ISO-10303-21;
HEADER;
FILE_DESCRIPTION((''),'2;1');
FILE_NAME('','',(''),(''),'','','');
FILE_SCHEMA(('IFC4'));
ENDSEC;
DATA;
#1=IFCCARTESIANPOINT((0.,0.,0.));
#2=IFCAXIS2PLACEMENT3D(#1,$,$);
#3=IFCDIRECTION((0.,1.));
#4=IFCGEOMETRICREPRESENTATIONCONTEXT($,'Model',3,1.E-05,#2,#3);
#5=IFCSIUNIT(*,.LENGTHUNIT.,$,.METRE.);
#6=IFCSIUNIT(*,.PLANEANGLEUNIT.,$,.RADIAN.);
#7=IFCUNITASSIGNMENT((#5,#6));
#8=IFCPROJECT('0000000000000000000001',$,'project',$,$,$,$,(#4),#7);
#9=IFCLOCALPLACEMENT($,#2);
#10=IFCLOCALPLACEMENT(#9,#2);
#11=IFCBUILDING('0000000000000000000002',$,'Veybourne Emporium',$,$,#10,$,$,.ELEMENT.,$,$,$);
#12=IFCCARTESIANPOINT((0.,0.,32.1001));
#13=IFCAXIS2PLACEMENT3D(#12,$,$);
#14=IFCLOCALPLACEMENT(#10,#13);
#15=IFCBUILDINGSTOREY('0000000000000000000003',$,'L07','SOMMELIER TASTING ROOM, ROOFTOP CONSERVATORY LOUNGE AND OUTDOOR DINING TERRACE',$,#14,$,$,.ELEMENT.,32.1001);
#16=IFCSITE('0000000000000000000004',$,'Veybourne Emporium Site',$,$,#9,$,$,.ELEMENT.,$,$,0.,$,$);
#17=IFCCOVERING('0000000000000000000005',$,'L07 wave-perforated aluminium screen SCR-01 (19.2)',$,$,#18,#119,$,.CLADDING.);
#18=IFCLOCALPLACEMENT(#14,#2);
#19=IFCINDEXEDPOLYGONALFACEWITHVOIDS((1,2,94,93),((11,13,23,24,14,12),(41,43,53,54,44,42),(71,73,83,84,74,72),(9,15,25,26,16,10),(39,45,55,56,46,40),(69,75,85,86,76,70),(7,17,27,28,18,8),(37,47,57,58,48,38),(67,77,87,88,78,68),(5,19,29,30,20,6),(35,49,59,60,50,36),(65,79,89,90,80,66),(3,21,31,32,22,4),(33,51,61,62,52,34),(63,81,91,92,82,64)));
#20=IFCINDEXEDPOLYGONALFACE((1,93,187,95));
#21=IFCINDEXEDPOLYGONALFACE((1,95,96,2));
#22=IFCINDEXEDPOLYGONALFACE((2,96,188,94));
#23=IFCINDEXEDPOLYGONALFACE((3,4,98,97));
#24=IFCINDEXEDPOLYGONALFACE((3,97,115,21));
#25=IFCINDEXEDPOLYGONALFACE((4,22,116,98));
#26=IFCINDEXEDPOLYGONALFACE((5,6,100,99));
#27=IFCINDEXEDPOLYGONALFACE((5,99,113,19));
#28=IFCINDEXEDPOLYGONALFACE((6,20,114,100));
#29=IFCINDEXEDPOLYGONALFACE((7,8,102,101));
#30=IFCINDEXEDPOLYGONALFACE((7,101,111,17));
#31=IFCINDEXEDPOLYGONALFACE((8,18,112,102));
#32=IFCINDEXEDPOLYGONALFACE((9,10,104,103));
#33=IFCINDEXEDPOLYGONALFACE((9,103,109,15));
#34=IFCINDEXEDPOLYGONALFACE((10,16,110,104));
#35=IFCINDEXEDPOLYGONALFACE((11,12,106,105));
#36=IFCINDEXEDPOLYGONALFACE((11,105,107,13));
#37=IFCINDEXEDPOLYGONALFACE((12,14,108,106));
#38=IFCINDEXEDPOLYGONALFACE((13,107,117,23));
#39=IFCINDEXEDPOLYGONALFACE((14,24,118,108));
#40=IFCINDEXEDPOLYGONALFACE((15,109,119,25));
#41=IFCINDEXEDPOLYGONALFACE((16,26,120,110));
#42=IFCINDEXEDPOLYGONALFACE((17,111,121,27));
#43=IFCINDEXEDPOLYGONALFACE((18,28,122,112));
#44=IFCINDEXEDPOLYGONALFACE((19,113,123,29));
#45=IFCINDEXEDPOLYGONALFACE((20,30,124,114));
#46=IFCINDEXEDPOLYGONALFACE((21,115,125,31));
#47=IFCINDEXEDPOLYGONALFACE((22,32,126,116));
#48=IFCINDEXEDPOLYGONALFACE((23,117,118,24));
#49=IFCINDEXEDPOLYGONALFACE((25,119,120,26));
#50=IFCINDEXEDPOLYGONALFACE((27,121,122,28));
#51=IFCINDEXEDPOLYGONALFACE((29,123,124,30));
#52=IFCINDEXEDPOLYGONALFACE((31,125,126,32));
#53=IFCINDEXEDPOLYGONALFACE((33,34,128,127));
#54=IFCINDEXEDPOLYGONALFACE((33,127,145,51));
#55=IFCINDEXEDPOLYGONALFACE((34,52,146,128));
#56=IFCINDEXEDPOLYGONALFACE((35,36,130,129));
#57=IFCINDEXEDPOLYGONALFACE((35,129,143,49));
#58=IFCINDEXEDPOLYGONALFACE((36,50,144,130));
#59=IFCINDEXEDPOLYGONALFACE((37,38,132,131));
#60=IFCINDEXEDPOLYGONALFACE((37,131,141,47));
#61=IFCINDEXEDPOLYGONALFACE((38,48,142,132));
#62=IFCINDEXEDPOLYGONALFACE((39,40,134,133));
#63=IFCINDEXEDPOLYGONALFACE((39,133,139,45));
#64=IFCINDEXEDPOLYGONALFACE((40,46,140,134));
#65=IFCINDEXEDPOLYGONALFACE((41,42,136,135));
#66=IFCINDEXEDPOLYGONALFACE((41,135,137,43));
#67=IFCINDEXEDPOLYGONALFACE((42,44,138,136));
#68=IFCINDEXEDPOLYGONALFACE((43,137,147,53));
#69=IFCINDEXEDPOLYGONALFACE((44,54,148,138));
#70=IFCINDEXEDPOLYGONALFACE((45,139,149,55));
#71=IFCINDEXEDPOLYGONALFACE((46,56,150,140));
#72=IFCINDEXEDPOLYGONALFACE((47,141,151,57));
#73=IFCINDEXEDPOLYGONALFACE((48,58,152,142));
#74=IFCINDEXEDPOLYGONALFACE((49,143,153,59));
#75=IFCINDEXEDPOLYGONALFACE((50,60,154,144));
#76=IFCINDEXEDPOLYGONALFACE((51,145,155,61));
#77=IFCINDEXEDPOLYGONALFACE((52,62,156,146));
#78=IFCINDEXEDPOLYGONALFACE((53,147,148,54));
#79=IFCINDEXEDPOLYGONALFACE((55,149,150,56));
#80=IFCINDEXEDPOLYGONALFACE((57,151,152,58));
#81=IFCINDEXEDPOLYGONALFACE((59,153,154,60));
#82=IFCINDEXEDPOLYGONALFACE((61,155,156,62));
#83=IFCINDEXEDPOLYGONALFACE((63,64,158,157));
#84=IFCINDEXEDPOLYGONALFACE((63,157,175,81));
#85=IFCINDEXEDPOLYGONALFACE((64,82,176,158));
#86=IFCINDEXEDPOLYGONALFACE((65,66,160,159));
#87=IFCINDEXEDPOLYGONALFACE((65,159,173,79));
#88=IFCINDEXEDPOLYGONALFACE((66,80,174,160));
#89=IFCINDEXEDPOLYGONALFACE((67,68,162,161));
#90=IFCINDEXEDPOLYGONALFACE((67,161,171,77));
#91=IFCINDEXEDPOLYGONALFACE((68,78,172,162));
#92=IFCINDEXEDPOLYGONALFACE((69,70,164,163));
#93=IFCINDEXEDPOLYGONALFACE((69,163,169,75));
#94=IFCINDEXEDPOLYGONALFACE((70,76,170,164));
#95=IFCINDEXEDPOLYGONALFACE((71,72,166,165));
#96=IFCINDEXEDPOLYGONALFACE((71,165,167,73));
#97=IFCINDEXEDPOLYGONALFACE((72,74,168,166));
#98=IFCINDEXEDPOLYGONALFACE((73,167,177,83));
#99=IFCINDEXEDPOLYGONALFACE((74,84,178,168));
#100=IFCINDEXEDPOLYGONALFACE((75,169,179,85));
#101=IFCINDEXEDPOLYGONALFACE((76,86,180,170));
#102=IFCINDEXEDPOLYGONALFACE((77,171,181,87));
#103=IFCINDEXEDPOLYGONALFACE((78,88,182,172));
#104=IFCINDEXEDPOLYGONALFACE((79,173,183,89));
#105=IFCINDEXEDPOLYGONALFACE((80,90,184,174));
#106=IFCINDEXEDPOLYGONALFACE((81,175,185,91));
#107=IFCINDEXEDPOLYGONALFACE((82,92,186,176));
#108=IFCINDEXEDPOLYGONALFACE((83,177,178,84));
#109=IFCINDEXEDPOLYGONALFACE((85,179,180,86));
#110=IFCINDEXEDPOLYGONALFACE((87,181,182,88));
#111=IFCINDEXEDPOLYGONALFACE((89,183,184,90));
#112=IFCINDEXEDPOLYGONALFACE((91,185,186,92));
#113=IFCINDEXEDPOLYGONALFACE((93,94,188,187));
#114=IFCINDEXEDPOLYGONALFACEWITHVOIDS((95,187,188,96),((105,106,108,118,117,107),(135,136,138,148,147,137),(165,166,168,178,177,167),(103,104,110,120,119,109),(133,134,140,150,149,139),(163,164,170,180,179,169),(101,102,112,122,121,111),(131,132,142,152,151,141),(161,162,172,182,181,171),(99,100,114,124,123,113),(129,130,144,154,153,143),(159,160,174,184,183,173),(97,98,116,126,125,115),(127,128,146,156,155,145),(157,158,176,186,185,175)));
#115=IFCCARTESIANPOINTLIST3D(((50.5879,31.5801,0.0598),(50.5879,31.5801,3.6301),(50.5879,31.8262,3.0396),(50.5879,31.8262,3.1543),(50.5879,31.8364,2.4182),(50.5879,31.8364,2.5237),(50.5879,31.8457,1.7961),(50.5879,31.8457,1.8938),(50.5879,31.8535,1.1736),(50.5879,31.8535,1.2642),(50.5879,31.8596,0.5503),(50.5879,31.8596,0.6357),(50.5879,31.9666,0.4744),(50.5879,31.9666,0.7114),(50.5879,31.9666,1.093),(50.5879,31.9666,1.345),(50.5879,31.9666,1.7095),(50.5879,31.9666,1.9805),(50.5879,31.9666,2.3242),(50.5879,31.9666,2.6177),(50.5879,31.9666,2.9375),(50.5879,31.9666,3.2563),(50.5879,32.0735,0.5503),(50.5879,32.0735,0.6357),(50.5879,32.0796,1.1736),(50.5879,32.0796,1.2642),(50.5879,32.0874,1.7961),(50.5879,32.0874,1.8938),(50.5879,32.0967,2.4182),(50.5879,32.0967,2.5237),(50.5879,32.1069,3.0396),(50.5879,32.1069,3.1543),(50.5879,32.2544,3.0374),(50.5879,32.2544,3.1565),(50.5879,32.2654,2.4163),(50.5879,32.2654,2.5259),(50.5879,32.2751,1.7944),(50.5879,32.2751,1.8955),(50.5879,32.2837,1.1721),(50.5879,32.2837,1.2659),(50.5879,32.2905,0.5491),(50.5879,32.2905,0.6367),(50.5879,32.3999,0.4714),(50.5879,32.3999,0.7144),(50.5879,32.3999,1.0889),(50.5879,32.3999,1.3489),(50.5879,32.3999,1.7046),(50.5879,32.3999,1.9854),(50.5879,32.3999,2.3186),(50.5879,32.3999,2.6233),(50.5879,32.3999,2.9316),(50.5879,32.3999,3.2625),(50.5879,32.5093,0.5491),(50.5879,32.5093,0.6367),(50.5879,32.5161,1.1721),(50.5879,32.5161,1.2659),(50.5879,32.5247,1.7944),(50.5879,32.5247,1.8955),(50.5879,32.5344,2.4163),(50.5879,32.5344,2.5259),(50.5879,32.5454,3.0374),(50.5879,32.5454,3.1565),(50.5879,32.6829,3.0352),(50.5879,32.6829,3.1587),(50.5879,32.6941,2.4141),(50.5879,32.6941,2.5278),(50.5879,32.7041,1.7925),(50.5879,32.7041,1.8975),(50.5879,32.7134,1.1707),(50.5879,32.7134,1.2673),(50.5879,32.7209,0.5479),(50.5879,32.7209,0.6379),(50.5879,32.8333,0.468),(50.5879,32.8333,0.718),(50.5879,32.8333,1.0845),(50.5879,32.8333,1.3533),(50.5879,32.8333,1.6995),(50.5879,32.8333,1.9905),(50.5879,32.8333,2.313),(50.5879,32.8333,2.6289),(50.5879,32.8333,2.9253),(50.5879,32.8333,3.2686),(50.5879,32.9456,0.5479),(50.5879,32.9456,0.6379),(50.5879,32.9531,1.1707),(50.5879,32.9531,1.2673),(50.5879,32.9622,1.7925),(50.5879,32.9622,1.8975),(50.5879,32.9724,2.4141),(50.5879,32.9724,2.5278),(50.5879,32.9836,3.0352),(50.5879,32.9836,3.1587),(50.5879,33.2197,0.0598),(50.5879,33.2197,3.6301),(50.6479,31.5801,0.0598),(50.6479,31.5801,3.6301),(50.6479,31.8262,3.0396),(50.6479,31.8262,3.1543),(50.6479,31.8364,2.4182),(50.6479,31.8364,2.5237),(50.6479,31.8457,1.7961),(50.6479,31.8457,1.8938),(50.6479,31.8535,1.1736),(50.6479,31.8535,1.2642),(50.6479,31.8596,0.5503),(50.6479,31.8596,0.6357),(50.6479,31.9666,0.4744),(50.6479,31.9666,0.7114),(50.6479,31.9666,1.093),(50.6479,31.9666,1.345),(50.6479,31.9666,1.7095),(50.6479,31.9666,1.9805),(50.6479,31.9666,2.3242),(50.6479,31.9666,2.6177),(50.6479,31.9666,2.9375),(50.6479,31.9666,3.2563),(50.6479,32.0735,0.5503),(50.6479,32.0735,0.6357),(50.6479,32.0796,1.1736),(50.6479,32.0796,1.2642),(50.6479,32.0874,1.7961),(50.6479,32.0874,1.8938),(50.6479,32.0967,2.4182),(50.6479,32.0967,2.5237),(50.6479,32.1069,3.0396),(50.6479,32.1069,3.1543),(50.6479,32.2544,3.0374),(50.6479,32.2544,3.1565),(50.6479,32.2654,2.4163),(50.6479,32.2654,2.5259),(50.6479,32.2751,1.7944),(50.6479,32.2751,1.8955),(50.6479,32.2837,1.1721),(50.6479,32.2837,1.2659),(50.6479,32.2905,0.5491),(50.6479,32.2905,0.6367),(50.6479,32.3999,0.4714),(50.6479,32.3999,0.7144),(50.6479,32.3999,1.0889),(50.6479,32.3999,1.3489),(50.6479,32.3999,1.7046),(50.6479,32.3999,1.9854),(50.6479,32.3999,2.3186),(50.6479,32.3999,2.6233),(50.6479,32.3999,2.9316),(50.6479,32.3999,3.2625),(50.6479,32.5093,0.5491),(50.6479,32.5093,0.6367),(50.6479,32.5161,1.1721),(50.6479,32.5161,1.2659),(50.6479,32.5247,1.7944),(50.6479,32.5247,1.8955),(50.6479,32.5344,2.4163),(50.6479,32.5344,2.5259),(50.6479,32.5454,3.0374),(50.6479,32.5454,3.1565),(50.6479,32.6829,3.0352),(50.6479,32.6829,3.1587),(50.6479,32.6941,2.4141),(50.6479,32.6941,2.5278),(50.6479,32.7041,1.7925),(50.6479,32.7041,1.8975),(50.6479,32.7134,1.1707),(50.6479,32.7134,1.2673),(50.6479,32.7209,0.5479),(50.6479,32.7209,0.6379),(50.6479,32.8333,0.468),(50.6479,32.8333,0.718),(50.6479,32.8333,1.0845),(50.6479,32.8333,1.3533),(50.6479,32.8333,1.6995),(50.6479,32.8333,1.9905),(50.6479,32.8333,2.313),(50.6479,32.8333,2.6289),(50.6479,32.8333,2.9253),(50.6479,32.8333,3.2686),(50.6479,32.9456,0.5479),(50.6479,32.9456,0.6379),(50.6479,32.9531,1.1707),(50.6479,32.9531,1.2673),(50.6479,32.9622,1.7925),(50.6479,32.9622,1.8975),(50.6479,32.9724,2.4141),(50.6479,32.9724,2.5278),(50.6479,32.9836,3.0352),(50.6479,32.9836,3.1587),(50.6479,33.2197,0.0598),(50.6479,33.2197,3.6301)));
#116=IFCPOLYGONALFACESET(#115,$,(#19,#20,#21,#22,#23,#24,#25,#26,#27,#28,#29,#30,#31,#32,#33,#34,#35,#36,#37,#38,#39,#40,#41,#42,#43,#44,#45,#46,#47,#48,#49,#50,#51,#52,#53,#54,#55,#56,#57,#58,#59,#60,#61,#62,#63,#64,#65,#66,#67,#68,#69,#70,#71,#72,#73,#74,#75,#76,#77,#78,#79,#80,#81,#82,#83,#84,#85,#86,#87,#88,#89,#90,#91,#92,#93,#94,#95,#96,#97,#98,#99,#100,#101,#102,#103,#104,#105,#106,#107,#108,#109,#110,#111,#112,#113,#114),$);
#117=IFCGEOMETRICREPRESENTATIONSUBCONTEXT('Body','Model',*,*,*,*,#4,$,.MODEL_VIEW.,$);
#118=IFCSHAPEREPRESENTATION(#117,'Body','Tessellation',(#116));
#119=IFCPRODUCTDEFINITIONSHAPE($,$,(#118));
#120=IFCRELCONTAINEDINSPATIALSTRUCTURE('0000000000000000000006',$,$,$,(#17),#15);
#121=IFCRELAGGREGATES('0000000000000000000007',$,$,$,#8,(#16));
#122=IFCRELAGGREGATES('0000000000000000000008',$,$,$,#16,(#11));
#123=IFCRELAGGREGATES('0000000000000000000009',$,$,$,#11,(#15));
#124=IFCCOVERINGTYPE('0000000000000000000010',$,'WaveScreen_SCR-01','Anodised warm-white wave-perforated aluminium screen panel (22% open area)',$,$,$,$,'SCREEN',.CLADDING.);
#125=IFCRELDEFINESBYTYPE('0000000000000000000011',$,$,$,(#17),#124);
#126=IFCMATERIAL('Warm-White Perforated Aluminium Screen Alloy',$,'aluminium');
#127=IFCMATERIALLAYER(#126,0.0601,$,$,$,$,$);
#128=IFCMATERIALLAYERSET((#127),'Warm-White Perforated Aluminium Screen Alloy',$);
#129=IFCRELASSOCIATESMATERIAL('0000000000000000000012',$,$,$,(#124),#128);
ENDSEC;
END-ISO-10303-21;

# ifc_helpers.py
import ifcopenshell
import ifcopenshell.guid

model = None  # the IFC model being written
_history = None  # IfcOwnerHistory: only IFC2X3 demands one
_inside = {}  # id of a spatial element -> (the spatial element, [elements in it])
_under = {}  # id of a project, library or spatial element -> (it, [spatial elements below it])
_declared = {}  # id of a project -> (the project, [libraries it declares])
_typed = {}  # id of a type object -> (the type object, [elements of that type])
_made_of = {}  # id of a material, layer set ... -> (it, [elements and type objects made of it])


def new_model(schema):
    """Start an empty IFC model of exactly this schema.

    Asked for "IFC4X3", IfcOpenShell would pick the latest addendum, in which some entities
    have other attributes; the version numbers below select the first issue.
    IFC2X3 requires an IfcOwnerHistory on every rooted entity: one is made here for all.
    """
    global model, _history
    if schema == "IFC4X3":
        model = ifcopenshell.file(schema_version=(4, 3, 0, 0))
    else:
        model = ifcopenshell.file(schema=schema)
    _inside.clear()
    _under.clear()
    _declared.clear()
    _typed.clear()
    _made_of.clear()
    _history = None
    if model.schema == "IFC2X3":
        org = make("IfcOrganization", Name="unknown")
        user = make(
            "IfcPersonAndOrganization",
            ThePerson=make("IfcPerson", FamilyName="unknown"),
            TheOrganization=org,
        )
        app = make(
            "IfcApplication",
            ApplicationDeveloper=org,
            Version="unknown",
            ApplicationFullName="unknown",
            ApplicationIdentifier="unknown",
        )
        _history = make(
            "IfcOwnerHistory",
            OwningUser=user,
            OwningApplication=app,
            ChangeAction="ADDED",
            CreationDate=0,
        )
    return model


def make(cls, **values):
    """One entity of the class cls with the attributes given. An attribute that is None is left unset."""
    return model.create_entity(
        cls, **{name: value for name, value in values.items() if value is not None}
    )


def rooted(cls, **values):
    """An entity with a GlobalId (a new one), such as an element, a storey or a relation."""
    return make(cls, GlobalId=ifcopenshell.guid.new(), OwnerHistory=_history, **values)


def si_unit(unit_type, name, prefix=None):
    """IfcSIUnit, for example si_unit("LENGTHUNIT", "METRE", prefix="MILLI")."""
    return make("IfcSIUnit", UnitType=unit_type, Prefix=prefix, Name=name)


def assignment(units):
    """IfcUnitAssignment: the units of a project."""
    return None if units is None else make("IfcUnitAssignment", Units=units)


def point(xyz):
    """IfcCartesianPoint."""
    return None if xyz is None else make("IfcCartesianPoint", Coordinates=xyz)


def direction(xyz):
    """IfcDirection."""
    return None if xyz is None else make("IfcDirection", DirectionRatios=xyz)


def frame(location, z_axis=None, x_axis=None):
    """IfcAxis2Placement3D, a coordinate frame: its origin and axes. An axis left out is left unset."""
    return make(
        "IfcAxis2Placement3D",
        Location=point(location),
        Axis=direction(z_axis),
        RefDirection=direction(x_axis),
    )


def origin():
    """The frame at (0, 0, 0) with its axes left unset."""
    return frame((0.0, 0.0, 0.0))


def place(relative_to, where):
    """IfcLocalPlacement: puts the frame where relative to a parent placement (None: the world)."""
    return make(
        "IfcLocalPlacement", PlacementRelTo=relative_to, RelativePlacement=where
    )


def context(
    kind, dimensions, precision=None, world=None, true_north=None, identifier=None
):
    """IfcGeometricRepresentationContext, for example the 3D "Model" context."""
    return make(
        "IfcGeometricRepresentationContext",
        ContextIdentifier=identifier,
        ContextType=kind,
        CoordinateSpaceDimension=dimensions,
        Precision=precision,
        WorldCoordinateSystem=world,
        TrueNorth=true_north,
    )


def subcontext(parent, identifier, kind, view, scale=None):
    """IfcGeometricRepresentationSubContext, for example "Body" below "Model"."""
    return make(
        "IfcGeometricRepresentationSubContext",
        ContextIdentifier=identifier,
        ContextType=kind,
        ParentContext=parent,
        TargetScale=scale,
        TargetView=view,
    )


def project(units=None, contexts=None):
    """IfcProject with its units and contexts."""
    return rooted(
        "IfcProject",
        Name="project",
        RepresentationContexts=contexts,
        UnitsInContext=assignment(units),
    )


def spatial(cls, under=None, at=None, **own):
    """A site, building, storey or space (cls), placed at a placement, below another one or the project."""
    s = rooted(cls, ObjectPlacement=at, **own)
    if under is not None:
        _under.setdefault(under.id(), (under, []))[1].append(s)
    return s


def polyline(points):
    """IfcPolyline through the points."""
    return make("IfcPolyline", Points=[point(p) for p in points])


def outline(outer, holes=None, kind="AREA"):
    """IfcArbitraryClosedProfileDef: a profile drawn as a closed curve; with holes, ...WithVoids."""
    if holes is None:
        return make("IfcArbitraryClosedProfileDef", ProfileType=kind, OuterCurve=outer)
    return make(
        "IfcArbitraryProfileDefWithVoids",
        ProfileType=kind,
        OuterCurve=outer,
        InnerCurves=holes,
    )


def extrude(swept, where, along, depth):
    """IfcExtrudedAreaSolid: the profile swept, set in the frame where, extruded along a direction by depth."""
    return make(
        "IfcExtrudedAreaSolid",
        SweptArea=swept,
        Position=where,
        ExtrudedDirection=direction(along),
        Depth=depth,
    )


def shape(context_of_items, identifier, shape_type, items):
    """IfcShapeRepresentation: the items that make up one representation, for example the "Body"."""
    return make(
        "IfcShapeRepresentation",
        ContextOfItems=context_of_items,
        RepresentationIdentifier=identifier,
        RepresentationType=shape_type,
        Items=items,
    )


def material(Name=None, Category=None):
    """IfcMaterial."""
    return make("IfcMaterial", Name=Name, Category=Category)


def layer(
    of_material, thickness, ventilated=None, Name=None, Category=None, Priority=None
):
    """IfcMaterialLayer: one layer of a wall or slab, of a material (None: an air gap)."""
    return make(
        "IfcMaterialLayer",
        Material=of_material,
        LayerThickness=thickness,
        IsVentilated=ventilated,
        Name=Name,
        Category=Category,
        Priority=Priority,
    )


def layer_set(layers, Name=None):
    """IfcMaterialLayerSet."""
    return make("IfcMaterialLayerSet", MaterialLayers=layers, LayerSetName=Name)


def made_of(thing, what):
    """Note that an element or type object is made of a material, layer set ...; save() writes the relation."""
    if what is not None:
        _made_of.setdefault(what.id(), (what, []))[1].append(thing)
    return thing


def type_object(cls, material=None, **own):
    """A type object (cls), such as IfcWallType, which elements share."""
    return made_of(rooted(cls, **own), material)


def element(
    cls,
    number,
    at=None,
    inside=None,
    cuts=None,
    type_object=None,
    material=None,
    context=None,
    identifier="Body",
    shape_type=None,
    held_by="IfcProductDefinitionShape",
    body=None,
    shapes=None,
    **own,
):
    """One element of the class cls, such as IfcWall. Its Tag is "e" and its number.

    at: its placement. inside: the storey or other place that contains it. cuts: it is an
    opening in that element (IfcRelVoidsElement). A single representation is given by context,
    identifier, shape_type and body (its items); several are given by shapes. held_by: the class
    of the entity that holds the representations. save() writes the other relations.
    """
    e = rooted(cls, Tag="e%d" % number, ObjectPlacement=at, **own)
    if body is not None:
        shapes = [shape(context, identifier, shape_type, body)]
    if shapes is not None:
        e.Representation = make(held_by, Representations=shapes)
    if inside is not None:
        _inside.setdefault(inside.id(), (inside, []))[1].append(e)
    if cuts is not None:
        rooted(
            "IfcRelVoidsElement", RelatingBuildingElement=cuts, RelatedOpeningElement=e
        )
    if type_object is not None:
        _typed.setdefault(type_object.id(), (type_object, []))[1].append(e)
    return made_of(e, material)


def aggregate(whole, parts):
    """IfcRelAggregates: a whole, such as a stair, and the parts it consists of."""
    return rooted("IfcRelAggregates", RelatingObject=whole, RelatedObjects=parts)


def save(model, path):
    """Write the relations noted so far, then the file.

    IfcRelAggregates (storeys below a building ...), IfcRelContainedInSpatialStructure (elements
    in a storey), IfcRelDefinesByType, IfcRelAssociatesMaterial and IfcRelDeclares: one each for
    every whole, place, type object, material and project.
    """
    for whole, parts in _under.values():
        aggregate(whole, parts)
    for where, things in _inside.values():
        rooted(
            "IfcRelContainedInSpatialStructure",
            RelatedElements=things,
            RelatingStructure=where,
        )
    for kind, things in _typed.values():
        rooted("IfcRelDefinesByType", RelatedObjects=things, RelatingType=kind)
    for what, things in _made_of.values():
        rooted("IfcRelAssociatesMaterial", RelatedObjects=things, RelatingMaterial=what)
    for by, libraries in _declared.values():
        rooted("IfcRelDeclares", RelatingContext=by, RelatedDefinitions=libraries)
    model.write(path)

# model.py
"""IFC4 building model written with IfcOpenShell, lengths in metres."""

from ifc_helpers import new_model, si_unit, direction, frame, origin, place, context, subcontext, project, spatial, polyline, outline, extrude, material, layer, layer_set, type_object, element, save


model = new_model("IFC4")

# Units and contexts
model_context = context("Model", 3, precision=1e-05, world=origin(), true_north=direction((0.0, 1.0)))
body_context = subcontext(model_context, "Body", "Model", "MODEL_VIEW")
ifc_project = project(units=[si_unit("LENGTHUNIT", "METRE"), si_unit("PLANEANGLEUNIT", "RADIAN")], contexts=[model_context])

# Site, building, storey
site_placement = place(None, origin())
site = spatial("IfcSite", under=ifc_project, at=site_placement, Name="Veybourne Emporium Site", CompositionType="ELEMENT", RefElevation=0.0)
building_placement = place(site_placement, origin())
building = spatial("IfcBuilding", under=site, at=building_placement, Name="Veybourne Emporium", CompositionType="ELEMENT")
storey_placement = place(building_placement, frame((0.0, 0.0, 32.1001)))
storey = spatial("IfcBuildingStorey", under=building, at=storey_placement, Name="L07", Description="SOMMELIER TASTING ROOM, ROOFTOP CONSERVATORY LOUNGE AND OUTDOOR DINING TERRACE", CompositionType="ELEMENT", Elevation=32.1001)

# Covering
ifc_material_1 = material(Name="Warm-White Perforated Aluminium Screen Alloy", Category="aluminium")
ifc_layer_1 = layer(ifc_material_1, 0.0601)
ifc_layer_set_1 = layer_set([ifc_layer_1], Name="Warm-White Perforated Aluminium Screen Alloy")
covering_type_1 = type_object("IfcCoveringType", Name="WaveScreen_SCR-01", Description="Anodised warm-white wave-perforated aluminium screen panel (22% open area)", ElementType="SCREEN", PredefinedType="CLADDING", material=ifc_layer_set_1)
covering_1_placement = place(storey_placement, frame((50.6479, 32.3999, 1.845), z_axis=(-1.0, 0.0, 0.0), x_axis=(0.0, -1.0, 0.0)))
element("IfcCovering", 1, at=covering_1_placement, inside=storey, type_object=covering_type_1, Name="L07 wave-perforated aluminium screen SCR-01 (19.2)", PredefinedType="CLADDING", context=body_context, shape_type="SweptSolid", body=[
    extrude(outline(polyline([(-0.8198, -1.7852), (0.8198, -1.7852), (0.8198, 1.7852), (-0.8198, 1.7852), (-0.8198, -1.7852)]), holes=[polyline([(-0.4333, -1.127), (-0.321, -1.207), (-0.321, -1.2971), (-0.4333, -1.377), (-0.5457, -1.2971), (-0.5457, -1.207), (-0.4333, -1.127)]), polyline([(-0.4333, -0.4917), (-0.3135, -0.5776), (-0.3135, -0.6743), (-0.4333, -0.7605), (-0.5532, -0.6743), (-0.5532, -0.5776), (-0.4333, -0.4917)]), polyline([(-0.4333, 0.1455), (-0.3042, 0.0525), (-0.3042, -0.0525), (-0.4333, -0.1455), (-0.5623, -0.0525), (-0.5623, 0.0525), (-0.4333, 0.1455)]), polyline([(-0.4333, 0.7839), (-0.2942, 0.6829), (-0.2942, 0.5691), (-0.4333, 0.468), (-0.5725, 0.5691), (-0.5725, 0.6829), (-0.4333, 0.7839)]), polyline([(-0.4333, 1.4236), (-0.283, 1.3137), (-0.283, 1.1902), (-0.4333, 1.0803), (-0.5837, 1.1902), (-0.5837, 1.3137), (-0.4333, 1.4236)]), polyline([(0.0, -1.1306), (0.1094, -1.2083), (0.1094, -1.2959), (0.0, -1.3735), (-0.1094, -1.2959), (-0.1094, -1.2083), (0.0, -1.1306)]), polyline([(0.0, -0.4961), (0.1162, -0.5791), (0.1162, -0.6729), (0.0, -0.7561), (-0.1162, -0.6729), (-0.1162, -0.5791), (0.0, -0.4961)]), polyline([(0.0, 0.1404), (0.1248, 0.0505), (0.1248, -0.0505), (0.0, -0.1404), (-0.1248, -0.0505), (-0.1248, 0.0505), (0.0, 0.1404)]), polyline([(0.0, 0.7783), (0.1345, 0.6809), (0.1345, 0.5713), (0.0, 0.4736), (-0.1345, 0.5713), (-0.1345, 0.6809), (0.0, 0.7783)]), polyline([(0.0, 1.4175), (0.1455, 1.3115), (0.1455, 1.1924), (0.0, 1.0867), (-0.1455, 1.1924), (-0.1455, 1.3115), (0.0, 1.4175)]), polyline([(0.4333, -1.1335), (0.5403, -1.2092), (0.5403, -1.2947), (0.4333, -1.3706), (0.3264, -1.2947), (0.3264, -1.2092), (0.4333, -1.1335)]), polyline([(0.4333, -0.5), (0.5464, -0.5808), (0.5464, -0.6714), (0.4333, -0.752), (0.3203, -0.6714), (0.3203, -0.5808), (0.4333, -0.5)]), polyline([(0.4333, 0.1355), (0.5542, 0.0488), (0.5542, -0.0488), (0.4333, -0.1355), (0.3125, -0.0488), (0.3125, 0.0488), (0.4333, 0.1355)]), polyline([(0.4333, 0.7727), (0.5635, 0.6787), (0.5635, 0.5732), (0.4333, 0.4792), (0.3032, 0.5732), (0.3032, 0.6787), (0.4333, 0.7727)]), polyline([(0.4333, 1.4114), (0.5737, 1.3093), (0.5737, 1.1946), (0.4333, 1.0925), (0.293, 1.1946), (0.293, 1.3093), (0.4333, 1.4114)])]), origin(), (0.0, 0.0, 1.0), 0.0601),
])

save(model, "model.ifc")
